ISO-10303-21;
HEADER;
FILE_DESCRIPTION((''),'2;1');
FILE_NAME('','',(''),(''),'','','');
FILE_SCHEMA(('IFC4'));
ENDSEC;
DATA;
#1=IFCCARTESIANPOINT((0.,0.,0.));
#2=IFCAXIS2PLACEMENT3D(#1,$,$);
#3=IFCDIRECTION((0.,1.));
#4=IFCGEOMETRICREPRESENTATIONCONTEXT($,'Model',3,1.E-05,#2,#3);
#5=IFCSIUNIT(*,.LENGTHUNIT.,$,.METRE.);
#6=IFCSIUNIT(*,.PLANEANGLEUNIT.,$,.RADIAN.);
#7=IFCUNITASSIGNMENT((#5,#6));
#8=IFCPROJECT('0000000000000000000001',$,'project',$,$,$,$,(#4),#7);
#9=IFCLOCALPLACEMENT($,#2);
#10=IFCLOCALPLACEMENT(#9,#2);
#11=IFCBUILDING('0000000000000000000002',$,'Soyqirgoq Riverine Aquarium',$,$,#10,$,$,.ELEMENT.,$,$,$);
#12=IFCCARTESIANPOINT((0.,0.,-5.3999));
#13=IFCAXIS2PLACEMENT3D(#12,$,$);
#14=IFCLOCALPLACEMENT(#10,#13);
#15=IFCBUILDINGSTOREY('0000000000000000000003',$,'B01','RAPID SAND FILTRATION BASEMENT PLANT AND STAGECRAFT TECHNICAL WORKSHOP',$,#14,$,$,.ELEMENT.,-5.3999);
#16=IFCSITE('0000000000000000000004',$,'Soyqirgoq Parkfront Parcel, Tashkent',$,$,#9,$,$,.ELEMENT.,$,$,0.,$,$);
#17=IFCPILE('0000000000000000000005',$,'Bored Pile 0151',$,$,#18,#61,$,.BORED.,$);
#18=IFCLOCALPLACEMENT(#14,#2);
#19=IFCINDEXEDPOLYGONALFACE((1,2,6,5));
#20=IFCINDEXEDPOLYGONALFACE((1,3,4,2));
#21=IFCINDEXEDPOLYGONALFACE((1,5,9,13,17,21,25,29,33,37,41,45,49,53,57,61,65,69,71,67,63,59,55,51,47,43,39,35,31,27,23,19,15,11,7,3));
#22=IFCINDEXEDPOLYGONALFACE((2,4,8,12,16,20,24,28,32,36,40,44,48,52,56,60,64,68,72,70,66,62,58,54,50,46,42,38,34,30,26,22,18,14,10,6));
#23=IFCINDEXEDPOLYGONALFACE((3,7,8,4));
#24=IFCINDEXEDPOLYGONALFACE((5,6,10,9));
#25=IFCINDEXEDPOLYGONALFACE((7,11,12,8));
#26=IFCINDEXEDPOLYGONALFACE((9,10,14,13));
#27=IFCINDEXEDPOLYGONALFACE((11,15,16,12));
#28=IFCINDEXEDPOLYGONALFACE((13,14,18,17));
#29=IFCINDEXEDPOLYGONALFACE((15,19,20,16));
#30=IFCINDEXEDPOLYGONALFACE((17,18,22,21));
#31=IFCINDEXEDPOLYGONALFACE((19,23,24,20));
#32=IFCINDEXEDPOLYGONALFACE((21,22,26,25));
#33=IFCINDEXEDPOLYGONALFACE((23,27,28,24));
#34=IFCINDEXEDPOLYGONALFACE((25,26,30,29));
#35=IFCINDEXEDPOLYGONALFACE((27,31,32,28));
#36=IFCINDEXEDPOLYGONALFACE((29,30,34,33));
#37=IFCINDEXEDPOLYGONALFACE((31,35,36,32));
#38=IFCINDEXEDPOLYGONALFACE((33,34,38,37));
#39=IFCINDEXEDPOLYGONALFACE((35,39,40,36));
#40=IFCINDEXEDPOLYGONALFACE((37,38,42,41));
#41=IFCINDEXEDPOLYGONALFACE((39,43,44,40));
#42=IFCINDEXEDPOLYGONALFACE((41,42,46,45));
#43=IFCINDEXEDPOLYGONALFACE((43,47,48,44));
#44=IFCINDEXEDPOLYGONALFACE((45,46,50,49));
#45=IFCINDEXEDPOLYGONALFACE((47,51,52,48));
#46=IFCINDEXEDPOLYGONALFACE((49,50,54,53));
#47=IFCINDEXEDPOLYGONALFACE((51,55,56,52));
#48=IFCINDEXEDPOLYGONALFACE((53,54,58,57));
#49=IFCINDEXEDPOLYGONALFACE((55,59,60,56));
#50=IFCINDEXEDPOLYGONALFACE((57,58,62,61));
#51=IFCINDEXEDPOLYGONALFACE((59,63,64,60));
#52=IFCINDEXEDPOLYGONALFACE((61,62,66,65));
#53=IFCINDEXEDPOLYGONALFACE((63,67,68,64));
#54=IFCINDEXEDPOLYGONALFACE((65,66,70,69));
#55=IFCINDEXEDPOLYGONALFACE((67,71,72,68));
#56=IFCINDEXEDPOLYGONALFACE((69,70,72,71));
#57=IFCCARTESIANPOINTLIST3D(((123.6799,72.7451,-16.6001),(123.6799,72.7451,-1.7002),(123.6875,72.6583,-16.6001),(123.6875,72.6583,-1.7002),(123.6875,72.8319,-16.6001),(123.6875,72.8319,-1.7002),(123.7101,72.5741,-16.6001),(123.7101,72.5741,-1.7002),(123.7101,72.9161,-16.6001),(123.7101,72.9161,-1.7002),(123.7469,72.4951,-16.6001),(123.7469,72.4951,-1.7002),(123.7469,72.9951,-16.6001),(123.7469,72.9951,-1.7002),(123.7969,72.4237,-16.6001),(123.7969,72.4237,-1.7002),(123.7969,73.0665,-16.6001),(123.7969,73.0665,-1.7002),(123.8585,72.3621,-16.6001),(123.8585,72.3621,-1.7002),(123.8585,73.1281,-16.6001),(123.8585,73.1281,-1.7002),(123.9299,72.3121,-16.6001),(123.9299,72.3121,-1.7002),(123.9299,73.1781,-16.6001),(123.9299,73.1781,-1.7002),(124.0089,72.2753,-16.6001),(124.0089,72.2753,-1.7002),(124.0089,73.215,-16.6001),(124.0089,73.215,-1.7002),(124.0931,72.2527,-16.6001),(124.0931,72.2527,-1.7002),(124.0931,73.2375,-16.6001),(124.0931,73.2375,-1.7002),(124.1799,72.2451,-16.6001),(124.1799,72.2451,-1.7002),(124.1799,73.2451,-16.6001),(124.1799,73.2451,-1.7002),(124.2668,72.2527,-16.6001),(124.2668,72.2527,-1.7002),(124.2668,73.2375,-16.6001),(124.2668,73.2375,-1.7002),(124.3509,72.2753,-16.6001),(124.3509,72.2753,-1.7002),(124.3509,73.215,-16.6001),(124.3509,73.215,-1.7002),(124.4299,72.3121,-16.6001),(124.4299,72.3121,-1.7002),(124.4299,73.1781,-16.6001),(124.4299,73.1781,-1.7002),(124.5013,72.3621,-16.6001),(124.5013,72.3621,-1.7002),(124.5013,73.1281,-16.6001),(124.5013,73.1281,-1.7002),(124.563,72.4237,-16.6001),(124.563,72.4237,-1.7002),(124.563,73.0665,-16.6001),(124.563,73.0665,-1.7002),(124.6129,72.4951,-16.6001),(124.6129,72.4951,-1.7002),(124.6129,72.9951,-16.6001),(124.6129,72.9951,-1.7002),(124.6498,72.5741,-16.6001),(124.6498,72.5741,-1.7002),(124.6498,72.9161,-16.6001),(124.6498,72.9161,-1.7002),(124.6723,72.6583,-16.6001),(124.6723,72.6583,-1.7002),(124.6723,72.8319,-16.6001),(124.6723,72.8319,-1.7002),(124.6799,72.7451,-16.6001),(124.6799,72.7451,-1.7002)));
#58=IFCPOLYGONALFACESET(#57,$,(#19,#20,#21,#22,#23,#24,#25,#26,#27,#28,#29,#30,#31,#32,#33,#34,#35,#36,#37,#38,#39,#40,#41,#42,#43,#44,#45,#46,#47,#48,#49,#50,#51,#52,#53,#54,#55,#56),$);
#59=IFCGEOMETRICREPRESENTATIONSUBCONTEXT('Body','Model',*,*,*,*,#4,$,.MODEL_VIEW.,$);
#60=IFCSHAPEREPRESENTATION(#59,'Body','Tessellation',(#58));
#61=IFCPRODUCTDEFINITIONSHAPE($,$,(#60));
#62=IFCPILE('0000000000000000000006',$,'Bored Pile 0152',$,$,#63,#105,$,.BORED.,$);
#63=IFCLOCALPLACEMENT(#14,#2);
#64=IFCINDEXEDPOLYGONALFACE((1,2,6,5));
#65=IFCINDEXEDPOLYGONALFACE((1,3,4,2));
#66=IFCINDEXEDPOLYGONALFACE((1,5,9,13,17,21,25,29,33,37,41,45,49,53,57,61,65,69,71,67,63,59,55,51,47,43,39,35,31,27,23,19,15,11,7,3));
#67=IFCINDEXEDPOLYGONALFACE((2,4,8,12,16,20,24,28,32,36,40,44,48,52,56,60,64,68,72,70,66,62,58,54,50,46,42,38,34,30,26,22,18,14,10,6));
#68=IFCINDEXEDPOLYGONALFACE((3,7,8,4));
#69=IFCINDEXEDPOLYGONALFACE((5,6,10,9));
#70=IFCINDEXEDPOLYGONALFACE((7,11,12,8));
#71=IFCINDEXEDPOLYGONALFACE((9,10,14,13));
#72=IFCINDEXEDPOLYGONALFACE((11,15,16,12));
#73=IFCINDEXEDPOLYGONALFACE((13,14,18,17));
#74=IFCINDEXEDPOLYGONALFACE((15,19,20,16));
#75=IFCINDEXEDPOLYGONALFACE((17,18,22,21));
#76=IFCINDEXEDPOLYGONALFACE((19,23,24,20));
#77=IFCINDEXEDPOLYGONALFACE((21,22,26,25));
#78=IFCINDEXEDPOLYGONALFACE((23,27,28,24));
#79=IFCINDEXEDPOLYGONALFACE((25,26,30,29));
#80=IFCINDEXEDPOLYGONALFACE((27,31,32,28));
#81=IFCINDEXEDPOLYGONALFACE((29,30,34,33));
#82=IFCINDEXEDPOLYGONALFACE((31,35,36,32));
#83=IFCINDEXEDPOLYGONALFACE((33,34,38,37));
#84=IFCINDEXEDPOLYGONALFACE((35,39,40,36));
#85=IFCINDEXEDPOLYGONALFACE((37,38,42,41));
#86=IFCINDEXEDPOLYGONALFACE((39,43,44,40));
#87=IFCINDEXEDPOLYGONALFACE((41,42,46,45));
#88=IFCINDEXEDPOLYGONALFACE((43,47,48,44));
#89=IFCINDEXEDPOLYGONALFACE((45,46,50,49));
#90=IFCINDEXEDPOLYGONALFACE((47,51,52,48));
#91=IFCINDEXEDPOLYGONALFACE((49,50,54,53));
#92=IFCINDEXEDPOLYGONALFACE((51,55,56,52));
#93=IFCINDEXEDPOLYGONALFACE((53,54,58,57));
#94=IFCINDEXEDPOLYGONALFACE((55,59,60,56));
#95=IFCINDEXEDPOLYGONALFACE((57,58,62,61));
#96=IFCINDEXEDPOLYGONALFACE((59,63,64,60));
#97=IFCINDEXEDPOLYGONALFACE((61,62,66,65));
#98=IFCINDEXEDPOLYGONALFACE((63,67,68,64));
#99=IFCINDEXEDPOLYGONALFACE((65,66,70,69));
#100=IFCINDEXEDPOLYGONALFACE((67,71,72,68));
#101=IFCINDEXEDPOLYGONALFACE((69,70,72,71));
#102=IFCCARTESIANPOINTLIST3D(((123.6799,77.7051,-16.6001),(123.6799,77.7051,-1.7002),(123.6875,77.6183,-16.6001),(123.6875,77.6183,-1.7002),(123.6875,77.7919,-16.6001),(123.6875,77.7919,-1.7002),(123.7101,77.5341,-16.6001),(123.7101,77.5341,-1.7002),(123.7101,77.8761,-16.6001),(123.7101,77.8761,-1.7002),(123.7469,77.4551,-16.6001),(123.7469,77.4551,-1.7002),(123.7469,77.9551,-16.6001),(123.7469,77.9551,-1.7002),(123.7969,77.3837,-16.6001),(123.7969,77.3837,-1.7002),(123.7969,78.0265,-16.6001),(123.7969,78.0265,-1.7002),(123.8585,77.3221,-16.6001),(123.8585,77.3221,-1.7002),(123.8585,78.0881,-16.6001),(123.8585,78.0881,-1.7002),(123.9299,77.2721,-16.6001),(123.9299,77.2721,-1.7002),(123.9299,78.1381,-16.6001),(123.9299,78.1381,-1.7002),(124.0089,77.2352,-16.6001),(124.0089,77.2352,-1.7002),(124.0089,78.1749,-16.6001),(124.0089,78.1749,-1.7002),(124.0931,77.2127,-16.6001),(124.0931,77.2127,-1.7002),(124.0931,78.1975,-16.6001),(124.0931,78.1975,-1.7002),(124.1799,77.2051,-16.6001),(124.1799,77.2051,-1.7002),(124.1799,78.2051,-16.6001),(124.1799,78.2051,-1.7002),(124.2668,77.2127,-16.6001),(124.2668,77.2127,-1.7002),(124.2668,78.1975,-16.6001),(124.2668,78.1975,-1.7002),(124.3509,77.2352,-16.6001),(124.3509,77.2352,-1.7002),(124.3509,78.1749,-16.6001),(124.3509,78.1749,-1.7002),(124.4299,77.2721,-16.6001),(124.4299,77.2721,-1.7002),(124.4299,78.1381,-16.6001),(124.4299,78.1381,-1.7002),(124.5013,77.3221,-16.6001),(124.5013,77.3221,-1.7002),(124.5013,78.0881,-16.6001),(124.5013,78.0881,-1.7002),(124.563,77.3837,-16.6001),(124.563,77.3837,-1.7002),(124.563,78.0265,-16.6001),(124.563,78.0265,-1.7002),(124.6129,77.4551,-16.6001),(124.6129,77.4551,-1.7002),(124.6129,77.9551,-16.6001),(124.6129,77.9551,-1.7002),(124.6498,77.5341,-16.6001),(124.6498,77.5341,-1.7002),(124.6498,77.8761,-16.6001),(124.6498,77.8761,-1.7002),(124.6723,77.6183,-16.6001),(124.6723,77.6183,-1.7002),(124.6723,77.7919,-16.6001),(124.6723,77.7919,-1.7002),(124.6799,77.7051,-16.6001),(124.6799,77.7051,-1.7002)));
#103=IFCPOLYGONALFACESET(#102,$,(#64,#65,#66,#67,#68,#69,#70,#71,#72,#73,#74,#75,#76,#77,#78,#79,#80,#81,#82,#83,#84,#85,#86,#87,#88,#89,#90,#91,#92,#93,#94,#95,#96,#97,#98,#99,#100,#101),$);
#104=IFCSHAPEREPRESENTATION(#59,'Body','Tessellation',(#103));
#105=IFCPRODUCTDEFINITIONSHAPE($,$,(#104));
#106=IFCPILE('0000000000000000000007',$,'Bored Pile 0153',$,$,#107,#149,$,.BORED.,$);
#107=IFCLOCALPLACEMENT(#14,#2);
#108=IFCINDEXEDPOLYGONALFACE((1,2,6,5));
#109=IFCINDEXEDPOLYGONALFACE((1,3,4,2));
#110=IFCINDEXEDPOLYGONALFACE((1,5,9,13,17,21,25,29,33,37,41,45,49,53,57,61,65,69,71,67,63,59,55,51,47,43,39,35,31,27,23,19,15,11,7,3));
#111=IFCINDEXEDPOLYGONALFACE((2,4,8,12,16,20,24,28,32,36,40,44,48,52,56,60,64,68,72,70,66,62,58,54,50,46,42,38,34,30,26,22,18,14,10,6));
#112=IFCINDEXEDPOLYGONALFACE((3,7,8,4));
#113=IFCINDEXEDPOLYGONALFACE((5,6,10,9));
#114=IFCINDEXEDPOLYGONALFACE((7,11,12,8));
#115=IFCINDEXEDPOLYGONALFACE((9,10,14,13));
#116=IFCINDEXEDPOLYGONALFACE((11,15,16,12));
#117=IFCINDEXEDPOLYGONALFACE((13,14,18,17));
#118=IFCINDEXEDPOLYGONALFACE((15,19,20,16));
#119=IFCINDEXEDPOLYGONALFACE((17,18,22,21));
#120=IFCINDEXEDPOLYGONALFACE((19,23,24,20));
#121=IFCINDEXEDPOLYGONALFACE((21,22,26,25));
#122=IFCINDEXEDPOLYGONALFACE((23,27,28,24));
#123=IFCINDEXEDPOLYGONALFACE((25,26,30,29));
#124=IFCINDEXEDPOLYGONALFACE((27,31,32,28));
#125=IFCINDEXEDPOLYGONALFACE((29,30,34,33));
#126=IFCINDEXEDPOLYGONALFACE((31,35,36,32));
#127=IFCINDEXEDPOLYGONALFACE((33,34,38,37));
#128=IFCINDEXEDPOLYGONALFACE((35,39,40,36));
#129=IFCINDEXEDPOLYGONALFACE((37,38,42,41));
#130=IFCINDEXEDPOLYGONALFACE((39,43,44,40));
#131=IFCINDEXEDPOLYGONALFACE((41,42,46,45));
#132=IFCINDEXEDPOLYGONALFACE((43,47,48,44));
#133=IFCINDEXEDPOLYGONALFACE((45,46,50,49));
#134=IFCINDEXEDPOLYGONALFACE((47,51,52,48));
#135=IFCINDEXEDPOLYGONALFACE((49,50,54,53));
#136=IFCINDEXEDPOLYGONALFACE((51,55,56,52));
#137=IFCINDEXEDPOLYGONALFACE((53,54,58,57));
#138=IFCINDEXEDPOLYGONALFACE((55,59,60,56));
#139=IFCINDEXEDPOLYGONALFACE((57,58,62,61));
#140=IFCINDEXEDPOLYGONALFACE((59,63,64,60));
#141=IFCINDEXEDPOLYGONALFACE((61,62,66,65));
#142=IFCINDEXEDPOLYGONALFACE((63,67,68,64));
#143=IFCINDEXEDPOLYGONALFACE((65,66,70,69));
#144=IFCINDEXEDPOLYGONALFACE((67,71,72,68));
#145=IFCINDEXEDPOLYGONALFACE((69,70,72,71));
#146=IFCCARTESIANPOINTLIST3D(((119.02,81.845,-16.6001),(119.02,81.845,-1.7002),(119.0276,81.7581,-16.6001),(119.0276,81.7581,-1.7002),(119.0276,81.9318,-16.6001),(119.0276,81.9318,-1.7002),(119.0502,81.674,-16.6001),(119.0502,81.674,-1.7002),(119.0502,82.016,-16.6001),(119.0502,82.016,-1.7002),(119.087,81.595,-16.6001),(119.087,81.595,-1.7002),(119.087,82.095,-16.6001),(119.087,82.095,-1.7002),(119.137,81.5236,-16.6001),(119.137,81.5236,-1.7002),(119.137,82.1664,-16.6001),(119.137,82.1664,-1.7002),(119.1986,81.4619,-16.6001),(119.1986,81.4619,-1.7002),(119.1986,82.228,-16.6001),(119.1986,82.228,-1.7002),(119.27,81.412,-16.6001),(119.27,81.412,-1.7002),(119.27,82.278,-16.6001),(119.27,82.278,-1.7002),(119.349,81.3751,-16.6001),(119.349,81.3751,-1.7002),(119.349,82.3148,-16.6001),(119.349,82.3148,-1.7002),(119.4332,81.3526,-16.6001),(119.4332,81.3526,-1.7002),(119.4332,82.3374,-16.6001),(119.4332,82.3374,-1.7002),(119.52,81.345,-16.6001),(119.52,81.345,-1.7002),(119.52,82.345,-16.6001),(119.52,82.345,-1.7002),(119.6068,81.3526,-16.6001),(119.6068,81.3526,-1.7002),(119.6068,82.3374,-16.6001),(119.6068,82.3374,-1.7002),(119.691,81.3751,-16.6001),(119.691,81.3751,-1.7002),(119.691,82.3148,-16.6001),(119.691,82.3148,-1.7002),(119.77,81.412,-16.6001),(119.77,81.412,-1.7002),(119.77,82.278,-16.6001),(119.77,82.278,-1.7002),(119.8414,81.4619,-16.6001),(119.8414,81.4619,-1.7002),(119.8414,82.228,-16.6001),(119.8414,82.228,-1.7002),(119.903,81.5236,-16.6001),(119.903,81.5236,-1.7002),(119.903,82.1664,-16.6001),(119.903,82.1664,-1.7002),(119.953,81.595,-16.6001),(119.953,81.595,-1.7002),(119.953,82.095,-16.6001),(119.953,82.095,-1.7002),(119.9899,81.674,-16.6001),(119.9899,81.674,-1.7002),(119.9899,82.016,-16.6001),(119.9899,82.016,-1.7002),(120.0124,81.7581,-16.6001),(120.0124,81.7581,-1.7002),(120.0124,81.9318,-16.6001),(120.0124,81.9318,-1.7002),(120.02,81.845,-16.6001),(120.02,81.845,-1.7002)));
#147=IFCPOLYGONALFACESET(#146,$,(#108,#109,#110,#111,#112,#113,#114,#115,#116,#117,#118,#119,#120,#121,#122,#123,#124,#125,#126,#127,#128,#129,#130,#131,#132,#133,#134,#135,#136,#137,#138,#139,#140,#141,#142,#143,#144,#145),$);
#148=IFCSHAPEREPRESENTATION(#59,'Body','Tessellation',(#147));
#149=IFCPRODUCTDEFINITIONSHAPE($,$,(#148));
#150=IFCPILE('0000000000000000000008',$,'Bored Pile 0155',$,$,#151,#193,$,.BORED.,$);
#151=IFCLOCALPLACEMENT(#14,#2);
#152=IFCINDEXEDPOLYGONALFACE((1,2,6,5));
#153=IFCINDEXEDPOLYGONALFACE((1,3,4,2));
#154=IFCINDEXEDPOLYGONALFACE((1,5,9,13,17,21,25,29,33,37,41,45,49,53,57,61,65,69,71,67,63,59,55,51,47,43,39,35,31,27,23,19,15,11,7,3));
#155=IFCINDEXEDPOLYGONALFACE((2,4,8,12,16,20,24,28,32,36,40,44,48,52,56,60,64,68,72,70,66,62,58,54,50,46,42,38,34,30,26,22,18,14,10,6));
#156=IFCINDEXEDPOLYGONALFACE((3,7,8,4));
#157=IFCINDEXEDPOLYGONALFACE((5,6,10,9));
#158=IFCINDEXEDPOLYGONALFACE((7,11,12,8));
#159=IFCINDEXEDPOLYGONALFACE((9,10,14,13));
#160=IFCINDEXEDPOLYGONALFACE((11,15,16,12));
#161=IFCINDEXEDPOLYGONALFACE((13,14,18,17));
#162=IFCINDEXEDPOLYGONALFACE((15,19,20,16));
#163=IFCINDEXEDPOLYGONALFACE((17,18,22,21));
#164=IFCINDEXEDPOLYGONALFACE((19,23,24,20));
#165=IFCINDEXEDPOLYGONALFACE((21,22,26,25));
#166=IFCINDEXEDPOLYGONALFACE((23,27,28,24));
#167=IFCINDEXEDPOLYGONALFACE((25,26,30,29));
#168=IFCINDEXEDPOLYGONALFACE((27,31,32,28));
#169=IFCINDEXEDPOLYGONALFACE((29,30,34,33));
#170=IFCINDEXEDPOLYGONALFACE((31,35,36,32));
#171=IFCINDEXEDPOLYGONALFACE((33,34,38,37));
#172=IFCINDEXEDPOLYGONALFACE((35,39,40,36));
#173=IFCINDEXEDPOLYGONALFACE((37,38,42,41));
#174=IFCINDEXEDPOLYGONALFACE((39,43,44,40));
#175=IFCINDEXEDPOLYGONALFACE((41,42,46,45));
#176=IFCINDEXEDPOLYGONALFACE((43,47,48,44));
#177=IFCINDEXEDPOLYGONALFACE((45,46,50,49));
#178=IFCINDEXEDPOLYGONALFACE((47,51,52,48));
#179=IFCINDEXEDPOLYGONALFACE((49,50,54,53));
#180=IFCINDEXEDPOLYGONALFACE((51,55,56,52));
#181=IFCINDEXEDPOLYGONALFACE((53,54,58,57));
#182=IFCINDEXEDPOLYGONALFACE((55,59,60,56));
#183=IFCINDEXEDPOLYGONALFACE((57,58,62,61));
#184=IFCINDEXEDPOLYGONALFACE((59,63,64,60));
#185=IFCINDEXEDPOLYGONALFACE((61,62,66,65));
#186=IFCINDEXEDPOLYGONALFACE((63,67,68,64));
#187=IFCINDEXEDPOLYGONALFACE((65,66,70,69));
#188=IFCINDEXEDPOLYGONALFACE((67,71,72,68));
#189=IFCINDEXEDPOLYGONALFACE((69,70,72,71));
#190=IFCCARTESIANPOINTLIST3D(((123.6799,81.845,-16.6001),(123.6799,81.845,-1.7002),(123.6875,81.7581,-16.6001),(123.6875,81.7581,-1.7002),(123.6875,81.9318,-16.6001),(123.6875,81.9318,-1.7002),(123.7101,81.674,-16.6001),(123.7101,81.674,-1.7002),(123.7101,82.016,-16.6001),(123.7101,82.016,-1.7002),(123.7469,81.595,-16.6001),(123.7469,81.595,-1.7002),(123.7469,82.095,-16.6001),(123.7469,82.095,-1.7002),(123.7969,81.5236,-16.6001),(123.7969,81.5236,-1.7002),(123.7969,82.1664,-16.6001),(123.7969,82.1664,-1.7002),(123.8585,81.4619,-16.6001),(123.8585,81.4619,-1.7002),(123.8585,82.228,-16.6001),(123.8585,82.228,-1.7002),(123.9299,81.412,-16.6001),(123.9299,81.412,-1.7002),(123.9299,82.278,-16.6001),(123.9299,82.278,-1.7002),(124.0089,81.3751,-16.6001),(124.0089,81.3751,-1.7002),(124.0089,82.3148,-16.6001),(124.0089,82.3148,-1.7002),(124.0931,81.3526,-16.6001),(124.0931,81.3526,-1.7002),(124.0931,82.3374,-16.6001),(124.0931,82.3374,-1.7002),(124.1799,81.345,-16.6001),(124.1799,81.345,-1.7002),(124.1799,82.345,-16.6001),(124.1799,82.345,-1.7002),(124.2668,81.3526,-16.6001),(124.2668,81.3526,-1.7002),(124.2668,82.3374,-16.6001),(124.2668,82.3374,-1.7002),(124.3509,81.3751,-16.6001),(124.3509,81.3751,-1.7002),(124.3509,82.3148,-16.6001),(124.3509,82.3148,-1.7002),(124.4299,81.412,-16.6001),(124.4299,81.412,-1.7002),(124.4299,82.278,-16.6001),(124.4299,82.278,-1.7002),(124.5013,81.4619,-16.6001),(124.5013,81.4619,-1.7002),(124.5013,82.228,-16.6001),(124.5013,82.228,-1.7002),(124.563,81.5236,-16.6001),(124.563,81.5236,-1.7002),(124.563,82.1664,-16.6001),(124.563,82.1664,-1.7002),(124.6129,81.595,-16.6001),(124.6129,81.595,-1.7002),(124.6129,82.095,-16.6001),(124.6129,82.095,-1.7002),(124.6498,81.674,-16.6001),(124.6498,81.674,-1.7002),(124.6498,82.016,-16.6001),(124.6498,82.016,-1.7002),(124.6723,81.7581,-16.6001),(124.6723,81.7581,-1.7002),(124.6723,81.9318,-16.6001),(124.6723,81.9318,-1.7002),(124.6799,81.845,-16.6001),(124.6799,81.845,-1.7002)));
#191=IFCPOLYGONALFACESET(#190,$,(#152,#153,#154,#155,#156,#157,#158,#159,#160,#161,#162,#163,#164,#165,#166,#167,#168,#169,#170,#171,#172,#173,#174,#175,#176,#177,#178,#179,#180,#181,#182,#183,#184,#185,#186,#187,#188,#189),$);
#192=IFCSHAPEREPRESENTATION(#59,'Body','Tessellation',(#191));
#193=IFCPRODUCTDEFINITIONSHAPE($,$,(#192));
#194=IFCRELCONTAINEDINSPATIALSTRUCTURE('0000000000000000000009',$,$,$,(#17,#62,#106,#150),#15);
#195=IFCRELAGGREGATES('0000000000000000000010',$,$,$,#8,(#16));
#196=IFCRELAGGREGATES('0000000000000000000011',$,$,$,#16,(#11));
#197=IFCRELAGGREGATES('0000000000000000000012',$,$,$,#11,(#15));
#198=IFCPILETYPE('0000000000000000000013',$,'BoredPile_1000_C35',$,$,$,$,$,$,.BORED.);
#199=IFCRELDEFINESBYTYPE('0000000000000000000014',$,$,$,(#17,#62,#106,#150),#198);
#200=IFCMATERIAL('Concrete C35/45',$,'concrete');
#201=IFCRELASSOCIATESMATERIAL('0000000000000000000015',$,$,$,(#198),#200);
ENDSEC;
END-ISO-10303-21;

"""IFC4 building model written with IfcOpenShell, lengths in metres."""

from ifc_helpers import new_model, si_unit, direction, frame, origin, origin_2d, place, context, subcontext, project, spatial, circle, extrude, material, material_profile, profile_set, type_object, element, save


model = new_model("IFC4")

# Units and contexts
model_context = context("Model", 3, precision=1e-05, world=origin(), true_north=direction((0.0, 1.0)))
body_context = subcontext(model_context, "Body", "Model", "MODEL_VIEW")
ifc_project = project(units=[si_unit("LENGTHUNIT", "METRE"), si_unit("PLANEANGLEUNIT", "RADIAN")], contexts=[model_context])

# Site, building, storey
site_placement = place(None, origin())
site = spatial("IfcSite", under=ifc_project, at=site_placement, Name="Soyqirgoq Parkfront Parcel, Tashkent", CompositionType="ELEMENT", RefElevation=0.0)
building_placement = place(site_placement, origin())
building = spatial("IfcBuilding", under=site, at=building_placement, Name="Soyqirgoq Riverine Aquarium", CompositionType="ELEMENT")
storey_placement = place(building_placement, frame((0.0, 0.0, -5.3999)))
storey = spatial("IfcBuildingStorey", under=building, at=storey_placement, Name="B01", Description="RAPID SAND FILTRATION BASEMENT PLANT AND STAGECRAFT TECHNICAL WORKSHOP", CompositionType="ELEMENT", Elevation=-5.3999)

# Piles
ifc_material_1 = material(Name="Concrete C35/45", Category="concrete")
ifc_material_profile_1 = material_profile(ifc_material_1, circle(Radius=0.5, at=origin_2d()), Name="BP D1000")
ifc_profile_set_1 = profile_set([ifc_material_profile_1], Name="Concrete C35/45")
pile_type_1 = type_object("IfcPileType", Name="BoredPile_1000_C35", PredefinedType="BORED", material=ifc_profile_set_1)
for number, where, z_axis, x_axis, name in (
    (1, (124.1799, 72.7451, -1.7002), (0.0, 0.0, -1.0), (1.0, 0.0, 0.0), "Bored Pile 0151"),
    (2, (124.1799, 77.7051, -1.7002), (0.0, 0.0, -1.0), (1.0, 0.0, 0.0), "Bored Pile 0152"),
    (3, (119.52, 81.845, -1.7002), (0.0, 0.0, -1.0), (1.0, 0.0, 0.0), "Bored Pile 0153"),
    (4, (124.1799, 81.845, -1.7002), (0.0, 0.0, -1.0), (1.0, 0.0, 0.0), "Bored Pile 0155"),
):
    element("IfcPile", number, at=place(storey_placement, frame(where, z_axis=z_axis, x_axis=x_axis)), inside=storey, type_object=pile_type_1, Name=name, PredefinedType="BORED", context=body_context, shape_type="SweptSolid", body=[
        extrude(circle(Radius=0.5, at=origin_2d()), origin(), (0.0, 0.0, 1.0), 14.8999),
    ])

save(model, "model.ifc")
